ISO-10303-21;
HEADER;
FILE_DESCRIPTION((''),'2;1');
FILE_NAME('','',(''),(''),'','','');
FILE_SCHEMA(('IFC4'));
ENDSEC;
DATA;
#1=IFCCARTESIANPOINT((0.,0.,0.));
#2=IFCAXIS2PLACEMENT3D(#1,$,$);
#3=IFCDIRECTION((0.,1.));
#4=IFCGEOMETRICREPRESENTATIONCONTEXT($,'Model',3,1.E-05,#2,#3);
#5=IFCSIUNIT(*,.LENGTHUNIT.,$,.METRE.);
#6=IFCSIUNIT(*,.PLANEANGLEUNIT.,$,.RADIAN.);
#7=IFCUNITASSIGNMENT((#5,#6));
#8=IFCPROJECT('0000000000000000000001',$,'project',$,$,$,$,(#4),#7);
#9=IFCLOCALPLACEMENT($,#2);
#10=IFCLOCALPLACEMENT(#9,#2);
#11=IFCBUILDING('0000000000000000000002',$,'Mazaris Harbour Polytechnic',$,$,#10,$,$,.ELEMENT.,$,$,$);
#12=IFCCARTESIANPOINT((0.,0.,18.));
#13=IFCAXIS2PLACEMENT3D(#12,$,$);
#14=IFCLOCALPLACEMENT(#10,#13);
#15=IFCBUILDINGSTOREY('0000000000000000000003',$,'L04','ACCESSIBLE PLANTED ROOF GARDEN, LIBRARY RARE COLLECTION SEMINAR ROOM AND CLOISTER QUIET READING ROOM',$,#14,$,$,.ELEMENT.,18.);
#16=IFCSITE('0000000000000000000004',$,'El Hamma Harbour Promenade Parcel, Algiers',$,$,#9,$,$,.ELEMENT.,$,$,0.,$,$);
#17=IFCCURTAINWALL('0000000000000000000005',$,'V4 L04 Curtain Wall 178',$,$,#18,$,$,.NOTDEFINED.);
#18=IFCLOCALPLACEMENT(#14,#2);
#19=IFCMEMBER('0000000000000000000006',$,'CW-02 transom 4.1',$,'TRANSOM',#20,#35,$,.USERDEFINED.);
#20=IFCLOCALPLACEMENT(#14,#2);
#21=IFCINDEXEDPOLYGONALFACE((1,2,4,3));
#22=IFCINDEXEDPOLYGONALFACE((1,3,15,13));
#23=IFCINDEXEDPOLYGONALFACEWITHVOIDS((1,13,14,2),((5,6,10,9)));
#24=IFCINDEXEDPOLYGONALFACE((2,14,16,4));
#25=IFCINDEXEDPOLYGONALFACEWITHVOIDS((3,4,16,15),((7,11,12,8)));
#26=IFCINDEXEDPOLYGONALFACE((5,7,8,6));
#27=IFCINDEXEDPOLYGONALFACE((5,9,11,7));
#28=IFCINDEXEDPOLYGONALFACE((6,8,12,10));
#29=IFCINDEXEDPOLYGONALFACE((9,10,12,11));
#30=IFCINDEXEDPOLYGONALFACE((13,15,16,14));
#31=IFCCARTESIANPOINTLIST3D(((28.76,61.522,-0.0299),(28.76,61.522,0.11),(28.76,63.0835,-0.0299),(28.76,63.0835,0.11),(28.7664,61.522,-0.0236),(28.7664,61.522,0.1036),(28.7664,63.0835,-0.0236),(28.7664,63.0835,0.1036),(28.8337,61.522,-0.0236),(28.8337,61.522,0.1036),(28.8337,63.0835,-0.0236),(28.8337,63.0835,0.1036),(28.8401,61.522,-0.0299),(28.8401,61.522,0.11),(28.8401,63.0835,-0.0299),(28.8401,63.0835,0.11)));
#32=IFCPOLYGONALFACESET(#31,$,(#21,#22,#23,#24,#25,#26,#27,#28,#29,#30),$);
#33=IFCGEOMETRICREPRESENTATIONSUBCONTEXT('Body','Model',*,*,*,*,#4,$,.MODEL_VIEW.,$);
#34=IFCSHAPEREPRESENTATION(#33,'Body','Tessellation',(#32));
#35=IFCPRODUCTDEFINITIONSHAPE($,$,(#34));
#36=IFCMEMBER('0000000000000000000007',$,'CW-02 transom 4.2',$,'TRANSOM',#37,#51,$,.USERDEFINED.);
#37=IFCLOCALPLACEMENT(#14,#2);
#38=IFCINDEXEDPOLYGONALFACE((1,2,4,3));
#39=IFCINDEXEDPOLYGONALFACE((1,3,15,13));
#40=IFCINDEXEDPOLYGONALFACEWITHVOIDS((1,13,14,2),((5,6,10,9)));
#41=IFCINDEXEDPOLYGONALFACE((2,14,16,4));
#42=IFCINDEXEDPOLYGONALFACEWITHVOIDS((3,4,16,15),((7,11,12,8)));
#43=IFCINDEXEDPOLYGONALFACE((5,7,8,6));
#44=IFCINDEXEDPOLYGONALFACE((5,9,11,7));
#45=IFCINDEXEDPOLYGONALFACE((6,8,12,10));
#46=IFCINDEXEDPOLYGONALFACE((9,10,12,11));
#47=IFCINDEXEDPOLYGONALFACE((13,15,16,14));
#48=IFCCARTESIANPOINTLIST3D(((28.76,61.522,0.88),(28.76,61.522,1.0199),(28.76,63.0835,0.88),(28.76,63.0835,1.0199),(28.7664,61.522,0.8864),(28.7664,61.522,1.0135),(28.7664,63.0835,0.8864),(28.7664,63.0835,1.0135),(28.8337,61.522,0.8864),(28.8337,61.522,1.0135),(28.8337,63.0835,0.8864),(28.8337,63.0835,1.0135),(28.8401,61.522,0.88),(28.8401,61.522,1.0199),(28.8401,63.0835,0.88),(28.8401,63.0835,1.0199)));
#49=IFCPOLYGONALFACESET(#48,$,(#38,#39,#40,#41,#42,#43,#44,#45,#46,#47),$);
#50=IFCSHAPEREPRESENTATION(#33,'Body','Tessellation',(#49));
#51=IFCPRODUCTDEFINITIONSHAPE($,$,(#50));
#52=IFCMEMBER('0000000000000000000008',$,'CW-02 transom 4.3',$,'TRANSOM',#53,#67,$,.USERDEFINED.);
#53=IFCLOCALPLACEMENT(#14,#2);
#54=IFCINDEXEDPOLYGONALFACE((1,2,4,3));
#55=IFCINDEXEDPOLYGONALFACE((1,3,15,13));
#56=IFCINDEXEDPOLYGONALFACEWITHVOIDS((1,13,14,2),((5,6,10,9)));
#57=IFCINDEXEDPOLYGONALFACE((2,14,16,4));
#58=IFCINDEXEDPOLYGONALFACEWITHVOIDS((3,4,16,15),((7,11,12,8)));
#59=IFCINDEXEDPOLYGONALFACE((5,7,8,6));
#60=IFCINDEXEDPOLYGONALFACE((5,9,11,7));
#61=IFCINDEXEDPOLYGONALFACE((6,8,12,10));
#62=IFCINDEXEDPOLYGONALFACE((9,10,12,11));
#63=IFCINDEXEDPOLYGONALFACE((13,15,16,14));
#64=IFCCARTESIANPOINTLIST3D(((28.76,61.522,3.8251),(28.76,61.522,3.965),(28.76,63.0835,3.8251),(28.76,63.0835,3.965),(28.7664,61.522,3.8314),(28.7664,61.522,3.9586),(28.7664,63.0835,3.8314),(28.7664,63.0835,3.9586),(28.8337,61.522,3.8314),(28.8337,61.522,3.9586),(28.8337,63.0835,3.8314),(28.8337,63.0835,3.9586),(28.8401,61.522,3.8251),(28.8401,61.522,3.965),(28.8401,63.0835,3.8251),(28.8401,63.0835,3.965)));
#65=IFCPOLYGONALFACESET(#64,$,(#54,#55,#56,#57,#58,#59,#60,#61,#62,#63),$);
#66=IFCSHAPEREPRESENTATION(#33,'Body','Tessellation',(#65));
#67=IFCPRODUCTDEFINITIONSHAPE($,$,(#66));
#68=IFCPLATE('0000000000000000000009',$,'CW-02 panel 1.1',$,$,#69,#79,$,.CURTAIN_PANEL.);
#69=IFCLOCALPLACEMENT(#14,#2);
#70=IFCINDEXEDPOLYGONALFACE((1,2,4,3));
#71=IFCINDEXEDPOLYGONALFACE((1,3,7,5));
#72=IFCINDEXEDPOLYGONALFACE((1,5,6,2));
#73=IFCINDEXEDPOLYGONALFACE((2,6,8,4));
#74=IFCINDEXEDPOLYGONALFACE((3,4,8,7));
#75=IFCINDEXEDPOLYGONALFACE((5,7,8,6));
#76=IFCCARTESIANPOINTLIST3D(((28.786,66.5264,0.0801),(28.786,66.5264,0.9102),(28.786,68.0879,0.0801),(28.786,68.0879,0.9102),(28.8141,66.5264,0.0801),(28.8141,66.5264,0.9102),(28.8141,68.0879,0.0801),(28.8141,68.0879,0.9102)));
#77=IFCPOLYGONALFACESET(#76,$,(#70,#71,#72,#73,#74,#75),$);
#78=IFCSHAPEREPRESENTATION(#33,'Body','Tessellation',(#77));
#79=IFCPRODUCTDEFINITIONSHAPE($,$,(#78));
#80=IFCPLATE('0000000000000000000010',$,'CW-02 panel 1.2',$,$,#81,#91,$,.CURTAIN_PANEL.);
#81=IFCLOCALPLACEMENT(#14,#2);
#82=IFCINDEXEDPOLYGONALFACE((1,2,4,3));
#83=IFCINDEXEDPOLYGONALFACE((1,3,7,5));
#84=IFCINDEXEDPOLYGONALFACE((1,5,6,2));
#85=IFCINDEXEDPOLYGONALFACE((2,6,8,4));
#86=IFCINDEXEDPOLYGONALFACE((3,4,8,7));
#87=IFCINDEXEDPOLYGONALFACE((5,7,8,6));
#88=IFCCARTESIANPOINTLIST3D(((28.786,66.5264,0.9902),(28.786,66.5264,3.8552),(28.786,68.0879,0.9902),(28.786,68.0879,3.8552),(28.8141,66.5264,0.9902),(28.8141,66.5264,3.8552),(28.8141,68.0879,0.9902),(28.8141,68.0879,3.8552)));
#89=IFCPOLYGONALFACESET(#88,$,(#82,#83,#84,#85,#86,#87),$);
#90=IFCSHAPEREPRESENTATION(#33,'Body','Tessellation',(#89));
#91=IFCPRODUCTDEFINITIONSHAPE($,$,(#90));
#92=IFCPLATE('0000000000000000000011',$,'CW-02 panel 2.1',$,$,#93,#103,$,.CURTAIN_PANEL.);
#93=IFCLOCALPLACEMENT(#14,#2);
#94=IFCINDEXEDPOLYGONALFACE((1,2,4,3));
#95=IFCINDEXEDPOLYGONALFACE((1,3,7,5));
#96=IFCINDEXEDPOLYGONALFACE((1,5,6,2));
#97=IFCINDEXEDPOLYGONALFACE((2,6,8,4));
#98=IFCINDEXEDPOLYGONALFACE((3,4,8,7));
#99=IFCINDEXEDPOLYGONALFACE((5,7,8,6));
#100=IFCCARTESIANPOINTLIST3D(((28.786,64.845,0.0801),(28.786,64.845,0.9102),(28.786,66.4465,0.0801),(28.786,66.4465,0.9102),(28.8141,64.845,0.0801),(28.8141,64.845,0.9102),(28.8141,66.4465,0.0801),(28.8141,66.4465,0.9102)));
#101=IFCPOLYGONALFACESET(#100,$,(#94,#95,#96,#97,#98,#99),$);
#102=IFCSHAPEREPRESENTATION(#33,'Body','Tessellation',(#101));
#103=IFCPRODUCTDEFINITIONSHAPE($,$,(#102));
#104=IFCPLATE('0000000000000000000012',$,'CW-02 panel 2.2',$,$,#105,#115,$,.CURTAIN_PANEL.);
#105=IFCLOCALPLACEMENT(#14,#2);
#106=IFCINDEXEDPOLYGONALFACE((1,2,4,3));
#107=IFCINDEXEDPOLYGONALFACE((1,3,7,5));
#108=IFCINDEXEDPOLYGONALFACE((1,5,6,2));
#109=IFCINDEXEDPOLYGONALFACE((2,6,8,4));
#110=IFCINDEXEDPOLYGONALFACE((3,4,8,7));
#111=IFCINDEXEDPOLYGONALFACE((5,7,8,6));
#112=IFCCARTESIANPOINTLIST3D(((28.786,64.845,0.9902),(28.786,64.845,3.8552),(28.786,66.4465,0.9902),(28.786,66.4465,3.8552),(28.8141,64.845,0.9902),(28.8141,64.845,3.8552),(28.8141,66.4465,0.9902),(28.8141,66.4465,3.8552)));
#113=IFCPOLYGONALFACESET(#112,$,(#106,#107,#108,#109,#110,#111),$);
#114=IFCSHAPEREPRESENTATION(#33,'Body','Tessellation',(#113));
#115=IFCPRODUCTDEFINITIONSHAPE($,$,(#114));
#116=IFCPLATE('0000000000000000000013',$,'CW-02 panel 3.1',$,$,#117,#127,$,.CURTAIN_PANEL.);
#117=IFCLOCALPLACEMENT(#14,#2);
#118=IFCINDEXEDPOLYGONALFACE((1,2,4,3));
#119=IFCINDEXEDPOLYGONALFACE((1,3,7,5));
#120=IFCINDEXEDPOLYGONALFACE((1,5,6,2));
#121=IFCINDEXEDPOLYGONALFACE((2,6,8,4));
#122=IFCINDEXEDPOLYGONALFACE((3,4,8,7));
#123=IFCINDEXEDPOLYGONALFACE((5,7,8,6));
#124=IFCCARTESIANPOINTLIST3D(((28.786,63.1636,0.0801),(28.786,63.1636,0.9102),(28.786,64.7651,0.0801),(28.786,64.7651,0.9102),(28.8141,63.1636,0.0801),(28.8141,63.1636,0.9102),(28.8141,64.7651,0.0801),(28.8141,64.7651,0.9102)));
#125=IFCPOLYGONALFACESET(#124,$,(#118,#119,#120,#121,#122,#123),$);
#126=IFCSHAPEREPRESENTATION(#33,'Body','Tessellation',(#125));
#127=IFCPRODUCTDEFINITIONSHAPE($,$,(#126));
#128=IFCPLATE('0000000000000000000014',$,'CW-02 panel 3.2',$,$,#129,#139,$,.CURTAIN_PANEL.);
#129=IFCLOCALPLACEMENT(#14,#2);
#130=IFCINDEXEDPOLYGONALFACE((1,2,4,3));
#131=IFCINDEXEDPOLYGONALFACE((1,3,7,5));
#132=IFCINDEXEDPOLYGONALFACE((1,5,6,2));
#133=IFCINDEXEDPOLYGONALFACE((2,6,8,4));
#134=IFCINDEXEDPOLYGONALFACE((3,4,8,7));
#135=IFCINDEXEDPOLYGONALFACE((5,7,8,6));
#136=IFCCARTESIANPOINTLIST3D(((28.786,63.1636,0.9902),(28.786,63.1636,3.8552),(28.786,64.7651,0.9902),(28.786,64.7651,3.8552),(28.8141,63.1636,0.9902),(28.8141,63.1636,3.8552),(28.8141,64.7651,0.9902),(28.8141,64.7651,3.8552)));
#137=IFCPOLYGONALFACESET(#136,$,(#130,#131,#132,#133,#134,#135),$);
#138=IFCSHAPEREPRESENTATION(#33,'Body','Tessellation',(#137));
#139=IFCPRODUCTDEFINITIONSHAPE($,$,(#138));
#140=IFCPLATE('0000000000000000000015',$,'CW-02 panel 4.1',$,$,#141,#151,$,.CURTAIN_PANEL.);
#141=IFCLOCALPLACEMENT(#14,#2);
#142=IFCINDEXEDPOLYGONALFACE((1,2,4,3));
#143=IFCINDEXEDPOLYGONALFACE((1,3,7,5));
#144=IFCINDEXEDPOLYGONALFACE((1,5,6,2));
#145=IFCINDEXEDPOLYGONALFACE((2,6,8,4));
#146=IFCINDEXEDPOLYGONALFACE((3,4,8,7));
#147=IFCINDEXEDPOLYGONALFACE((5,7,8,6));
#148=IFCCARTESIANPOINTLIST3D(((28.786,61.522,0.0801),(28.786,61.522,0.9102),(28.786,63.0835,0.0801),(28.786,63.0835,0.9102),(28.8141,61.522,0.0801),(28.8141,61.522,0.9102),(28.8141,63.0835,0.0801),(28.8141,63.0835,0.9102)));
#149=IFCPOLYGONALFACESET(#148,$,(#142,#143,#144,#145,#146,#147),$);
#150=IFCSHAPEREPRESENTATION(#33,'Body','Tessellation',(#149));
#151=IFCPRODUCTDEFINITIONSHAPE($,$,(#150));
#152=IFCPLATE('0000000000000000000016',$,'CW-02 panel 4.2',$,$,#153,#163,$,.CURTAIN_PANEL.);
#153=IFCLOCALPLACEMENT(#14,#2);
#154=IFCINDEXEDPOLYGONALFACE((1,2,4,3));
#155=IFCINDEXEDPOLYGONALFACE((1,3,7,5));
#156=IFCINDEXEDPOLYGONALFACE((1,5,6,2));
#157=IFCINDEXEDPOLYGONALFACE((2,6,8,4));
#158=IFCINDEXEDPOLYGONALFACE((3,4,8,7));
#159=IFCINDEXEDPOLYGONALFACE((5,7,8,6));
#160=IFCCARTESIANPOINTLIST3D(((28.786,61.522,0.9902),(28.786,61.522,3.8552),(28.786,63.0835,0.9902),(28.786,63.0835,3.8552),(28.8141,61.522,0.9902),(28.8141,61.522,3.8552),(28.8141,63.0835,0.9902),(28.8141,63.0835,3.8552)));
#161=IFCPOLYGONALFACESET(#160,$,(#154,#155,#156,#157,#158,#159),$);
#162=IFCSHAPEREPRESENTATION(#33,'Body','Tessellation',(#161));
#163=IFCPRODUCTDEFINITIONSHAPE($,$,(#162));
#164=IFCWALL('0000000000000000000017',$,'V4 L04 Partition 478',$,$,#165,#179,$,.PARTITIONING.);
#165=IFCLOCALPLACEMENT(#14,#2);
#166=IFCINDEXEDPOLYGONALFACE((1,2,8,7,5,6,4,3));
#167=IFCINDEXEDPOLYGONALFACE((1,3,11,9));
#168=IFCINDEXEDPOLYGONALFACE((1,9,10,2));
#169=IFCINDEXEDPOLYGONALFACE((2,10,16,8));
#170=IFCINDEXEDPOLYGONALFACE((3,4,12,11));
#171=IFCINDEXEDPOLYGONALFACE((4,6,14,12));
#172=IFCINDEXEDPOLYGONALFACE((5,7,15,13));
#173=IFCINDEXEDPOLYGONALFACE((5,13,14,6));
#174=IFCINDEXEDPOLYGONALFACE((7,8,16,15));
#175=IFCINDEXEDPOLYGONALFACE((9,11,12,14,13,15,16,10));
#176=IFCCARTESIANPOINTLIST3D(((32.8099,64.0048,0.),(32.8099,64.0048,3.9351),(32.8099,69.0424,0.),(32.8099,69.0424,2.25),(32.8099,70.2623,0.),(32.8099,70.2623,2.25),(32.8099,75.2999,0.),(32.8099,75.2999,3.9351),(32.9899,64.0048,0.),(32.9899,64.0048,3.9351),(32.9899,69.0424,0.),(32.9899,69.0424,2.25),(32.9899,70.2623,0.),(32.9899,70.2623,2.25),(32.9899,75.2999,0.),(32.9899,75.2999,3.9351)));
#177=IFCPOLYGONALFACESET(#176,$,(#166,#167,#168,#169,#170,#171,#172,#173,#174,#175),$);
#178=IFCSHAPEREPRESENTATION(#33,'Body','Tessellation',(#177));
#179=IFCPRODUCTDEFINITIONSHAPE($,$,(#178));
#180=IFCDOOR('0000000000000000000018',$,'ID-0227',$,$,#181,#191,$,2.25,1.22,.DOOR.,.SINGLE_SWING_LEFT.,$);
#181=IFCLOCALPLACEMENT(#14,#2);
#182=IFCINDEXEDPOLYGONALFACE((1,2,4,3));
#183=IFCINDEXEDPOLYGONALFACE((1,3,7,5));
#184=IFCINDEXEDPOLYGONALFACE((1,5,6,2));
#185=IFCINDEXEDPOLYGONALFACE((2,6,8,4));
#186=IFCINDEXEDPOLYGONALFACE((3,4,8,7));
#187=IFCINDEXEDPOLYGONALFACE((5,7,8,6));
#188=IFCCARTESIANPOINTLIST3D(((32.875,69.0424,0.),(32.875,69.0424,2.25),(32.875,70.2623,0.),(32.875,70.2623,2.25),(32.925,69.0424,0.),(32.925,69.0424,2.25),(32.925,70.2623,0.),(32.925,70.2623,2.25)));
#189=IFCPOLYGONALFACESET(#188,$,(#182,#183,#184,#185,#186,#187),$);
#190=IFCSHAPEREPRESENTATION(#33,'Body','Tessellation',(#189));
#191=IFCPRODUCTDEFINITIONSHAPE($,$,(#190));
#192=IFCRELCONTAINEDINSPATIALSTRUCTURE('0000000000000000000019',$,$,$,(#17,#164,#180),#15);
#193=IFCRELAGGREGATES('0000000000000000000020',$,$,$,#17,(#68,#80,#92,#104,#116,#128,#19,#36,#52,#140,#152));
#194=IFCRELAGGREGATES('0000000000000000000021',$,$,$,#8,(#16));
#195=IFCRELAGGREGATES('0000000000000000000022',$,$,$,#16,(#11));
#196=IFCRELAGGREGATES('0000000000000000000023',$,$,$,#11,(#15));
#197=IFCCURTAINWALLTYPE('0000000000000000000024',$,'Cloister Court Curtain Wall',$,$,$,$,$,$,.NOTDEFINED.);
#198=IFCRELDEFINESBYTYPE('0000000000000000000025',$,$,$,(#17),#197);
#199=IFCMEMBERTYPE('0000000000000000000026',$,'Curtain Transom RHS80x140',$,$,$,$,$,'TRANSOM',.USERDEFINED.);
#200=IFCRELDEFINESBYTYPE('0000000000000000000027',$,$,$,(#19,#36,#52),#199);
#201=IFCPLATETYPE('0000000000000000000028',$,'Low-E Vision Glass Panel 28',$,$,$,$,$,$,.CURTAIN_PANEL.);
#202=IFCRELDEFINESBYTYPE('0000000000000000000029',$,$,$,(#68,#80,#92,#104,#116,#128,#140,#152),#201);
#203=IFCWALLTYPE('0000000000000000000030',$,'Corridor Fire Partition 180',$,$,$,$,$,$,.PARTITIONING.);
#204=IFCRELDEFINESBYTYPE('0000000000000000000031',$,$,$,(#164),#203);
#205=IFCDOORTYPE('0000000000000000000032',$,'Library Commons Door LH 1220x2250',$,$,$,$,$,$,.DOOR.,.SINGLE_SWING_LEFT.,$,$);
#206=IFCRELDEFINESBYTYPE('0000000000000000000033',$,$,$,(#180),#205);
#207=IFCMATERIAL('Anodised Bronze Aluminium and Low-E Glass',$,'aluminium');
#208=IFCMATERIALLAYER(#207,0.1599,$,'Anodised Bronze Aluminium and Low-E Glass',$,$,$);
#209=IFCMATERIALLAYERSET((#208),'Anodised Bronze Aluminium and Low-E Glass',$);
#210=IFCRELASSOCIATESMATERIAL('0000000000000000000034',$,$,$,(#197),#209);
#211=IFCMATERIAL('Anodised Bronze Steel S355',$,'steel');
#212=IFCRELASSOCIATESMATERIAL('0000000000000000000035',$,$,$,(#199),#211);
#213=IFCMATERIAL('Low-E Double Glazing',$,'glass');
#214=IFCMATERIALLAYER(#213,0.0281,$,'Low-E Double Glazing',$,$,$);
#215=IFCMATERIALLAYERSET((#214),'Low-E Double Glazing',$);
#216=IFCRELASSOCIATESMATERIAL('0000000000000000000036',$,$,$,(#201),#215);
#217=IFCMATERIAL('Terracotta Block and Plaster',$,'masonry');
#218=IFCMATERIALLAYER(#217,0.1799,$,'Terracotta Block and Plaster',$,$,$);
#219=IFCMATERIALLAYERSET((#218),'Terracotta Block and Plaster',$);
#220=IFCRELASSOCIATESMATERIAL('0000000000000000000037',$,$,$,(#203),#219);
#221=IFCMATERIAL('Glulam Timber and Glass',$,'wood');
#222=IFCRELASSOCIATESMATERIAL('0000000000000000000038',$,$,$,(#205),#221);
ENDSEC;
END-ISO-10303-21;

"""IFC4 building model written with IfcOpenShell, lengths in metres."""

from ifc_helpers import new_model, si_unit, direction, frame, frame_2d, origin, origin_2d, place, context, subcontext, project, spatial, rectangle, hollow_rectangle, extrude, material, layer, layer_set, material_profile, profile_set, type_object, element, fill, aggregate, save


model = new_model("IFC4")

# Units and contexts
model_context = context("Model", 3, precision=1e-05, world=origin(), true_north=direction((0.0, 1.0)))
body_context = subcontext(model_context, "Body", "Model", "MODEL_VIEW")
ifc_project = project(units=[si_unit("LENGTHUNIT", "METRE"), si_unit("PLANEANGLEUNIT", "RADIAN")], contexts=[model_context])

# Site, building, storey
site_placement = place(None, origin())
site = spatial("IfcSite", under=ifc_project, at=site_placement, Name="El Hamma Harbour Promenade Parcel, Algiers", CompositionType="ELEMENT", RefElevation=0.0)
building_placement = place(site_placement, origin())
building = spatial("IfcBuilding", under=site, at=building_placement, Name="Mazaris Harbour Polytechnic", CompositionType="ELEMENT")
storey_placement = place(building_placement, frame((0.0, 0.0, 18.0)))
storey = spatial("IfcBuildingStorey", under=building, at=storey_placement, Name="L04", Description="ACCESSIBLE PLANTED ROOF GARDEN, LIBRARY RARE COLLECTION SEMINAR ROOM AND CLOISTER QUIET READING ROOM", CompositionType="ELEMENT", Elevation=18.0)

# Curtain wall, members, plates
ifc_material_1 = material(Name="Anodised Bronze Aluminium and Low-E Glass", Category="aluminium")
ifc_layer_1 = layer(ifc_material_1, 0.1599, Name="Anodised Bronze Aluminium and Low-E Glass")
ifc_layer_set_1 = layer_set([ifc_layer_1], Name="Anodised Bronze Aluminium and Low-E Glass")
curtain_wall_type = type_object("IfcCurtainWallType", Name="Cloister Court Curtain Wall", PredefinedType="NOTDEFINED", material=ifc_layer_set_1)
curtain_wall_placement = place(storey_placement, origin())
curtain_wall = element("IfcCurtainWall", 1, at=curtain_wall_placement, inside=storey, type_object=curtain_wall_type, Name="V4 L04 Curtain Wall 178", PredefinedType="NOTDEFINED")
ifc_material_2 = material(Name="Anodised Bronze Steel S355", Category="steel")
ifc_material_profile_1 = material_profile(ifc_material_2, hollow_rectangle(XDim=0.0801, YDim=0.1399, WallThickness=0.0063, at=origin_2d()), Name="RHS 80x140x6.3")
ifc_profile_set_1 = profile_set([ifc_material_profile_1], Name="Anodised Bronze Steel S355")
member_type_1 = type_object("IfcMemberType", Name="Curtain Transom RHS80x140", ElementType="TRANSOM", PredefinedType="USERDEFINED", material=ifc_profile_set_1)
member_1_placement = place(storey_placement, frame((28.8, 63.0835, 0.04), z_axis=(0.0, -1.0, 0.0), x_axis=(1.0, 0.0, 0.0)))
member_1 = element("IfcMember", 2, at=member_1_placement, type_object=member_type_1, Name="CW-02 transom 4.1", ObjectType="TRANSOM", PredefinedType="USERDEFINED", context=body_context, shape_type="SweptSolid", body=[
    extrude(hollow_rectangle(XDim=0.0801, YDim=0.1399, WallThickness=0.0063, at=origin_2d()), origin(), (0.0, 0.0, 1.0), 1.5615),
])
member_2_placement = place(storey_placement, frame((28.8, 63.0835, 0.95), z_axis=(0.0, -1.0, 0.0), x_axis=(1.0, 0.0, 0.0)))
member_2 = element("IfcMember", 3, at=member_2_placement, type_object=member_type_1, Name="CW-02 transom 4.2", ObjectType="TRANSOM", PredefinedType="USERDEFINED", context=body_context, shape_type="SweptSolid", body=[
    extrude(hollow_rectangle(XDim=0.0801, YDim=0.1399, WallThickness=0.0063, at=origin_2d()), origin(), (0.0, 0.0, 1.0), 1.5615),
])
member_3_placement = place(storey_placement, frame((28.8, 63.0835, 3.895), z_axis=(0.0, -1.0, 0.0), x_axis=(1.0, 0.0, 0.0)))
member_3 = element("IfcMember", 4, at=member_3_placement, type_object=member_type_1, Name="CW-02 transom 4.3", ObjectType="TRANSOM", PredefinedType="USERDEFINED", context=body_context, shape_type="SweptSolid", body=[
    extrude(hollow_rectangle(XDim=0.0801, YDim=0.1399, WallThickness=0.0063, at=origin_2d()), origin(), (0.0, 0.0, 1.0), 1.5615),
])
ifc_material_3 = material(Name="Low-E Double Glazing", Category="glass")
ifc_layer_2 = layer(ifc_material_3, 0.0281, Name="Low-E Double Glazing")
ifc_layer_set_2 = layer_set([ifc_layer_2], Name="Low-E Double Glazing")
plate_type = type_object("IfcPlateType", Name="Low-E Vision Glass Panel 28", PredefinedType="CURTAIN_PANEL", material=ifc_layer_set_2)
plate_1_placement = place(storey_placement, frame((28.8, 67.3071, 0.0801), z_axis=(0.0, 0.0, 1.0), x_axis=(0.0, -1.0, 0.0)))
plate_1 = element("IfcPlate", 5, at=plate_1_placement, type_object=plate_type, Name="CW-02 panel 1.1", PredefinedType="CURTAIN_PANEL", context=body_context, shape_type="SweptSolid", body=[
    extrude(rectangle(XDim=1.5615, YDim=0.0281, at=origin_2d()), origin(), (0.0, 0.0, 1.0), 0.8301),
])
plate_2_placement = place(storey_placement, frame((28.8, 67.3071, 0.9902), z_axis=(0.0, 0.0, 1.0), x_axis=(0.0, -1.0, 0.0)))
plate_2 = element("IfcPlate", 6, at=plate_2_placement, type_object=plate_type, Name="CW-02 panel 1.2", PredefinedType="CURTAIN_PANEL", context=body_context, shape_type="SweptSolid", body=[
    extrude(rectangle(XDim=1.5615, YDim=0.0281, at=origin_2d()), origin(), (0.0, 0.0, 1.0), 2.865),
])
plate_3_placement = place(storey_placement, frame((28.8, 65.6458, 0.0801), z_axis=(0.0, 0.0, 1.0), x_axis=(0.0, -1.0, 0.0)))
plate_3 = element("IfcPlate", 7, at=plate_3_placement, type_object=plate_type, Name="CW-02 panel 2.1", PredefinedType="CURTAIN_PANEL", context=body_context, shape_type="SweptSolid", body=[
    extrude(rectangle(XDim=1.6016, YDim=0.0281, at=origin_2d()), origin(), (0.0, 0.0, 1.0), 0.8301),
])
plate_4_placement = place(storey_placement, frame((28.8, 65.6458, 0.9902), z_axis=(0.0, 0.0, 1.0), x_axis=(0.0, -1.0, 0.0)))
plate_4 = element("IfcPlate", 8, at=plate_4_placement, type_object=plate_type, Name="CW-02 panel 2.2", PredefinedType="CURTAIN_PANEL", context=body_context, shape_type="SweptSolid", body=[
    extrude(rectangle(XDim=1.6016, YDim=0.0281, at=origin_2d()), origin(), (0.0, 0.0, 1.0), 2.865),
])
plate_5_placement = place(storey_placement, frame((28.8, 63.9644, 0.0801), z_axis=(0.0, 0.0, 1.0), x_axis=(0.0, -1.0, 0.0)))
plate_5 = element("IfcPlate", 9, at=plate_5_placement, type_object=plate_type, Name="CW-02 panel 3.1", PredefinedType="CURTAIN_PANEL", context=body_context, shape_type="SweptSolid", body=[
    extrude(rectangle(XDim=1.6016, YDim=0.0281, at=origin_2d()), origin(), (0.0, 0.0, 1.0), 0.8301),
])
plate_6_placement = place(storey_placement, frame((28.8, 63.9644, 0.9902), z_axis=(0.0, 0.0, 1.0), x_axis=(0.0, -1.0, 0.0)))
plate_6 = element("IfcPlate", 10, at=plate_6_placement, type_object=plate_type, Name="CW-02 panel 3.2", PredefinedType="CURTAIN_PANEL", context=body_context, shape_type="SweptSolid", body=[
    extrude(rectangle(XDim=1.6016, YDim=0.0281, at=origin_2d()), origin(), (0.0, 0.0, 1.0), 2.865),
])
plate_7_placement = place(storey_placement, frame((28.8, 62.3027, 0.0801), z_axis=(0.0, 0.0, 1.0), x_axis=(0.0, -1.0, 0.0)))
plate_7 = element("IfcPlate", 11, at=plate_7_placement, type_object=plate_type, Name="CW-02 panel 4.1", PredefinedType="CURTAIN_PANEL", context=body_context, shape_type="SweptSolid", body=[
    extrude(rectangle(XDim=1.5615, YDim=0.0281, at=origin_2d()), origin(), (0.0, 0.0, 1.0), 0.8301),
])
plate_8_placement = place(storey_placement, frame((28.8, 62.3027, 0.9902), z_axis=(0.0, 0.0, 1.0), x_axis=(0.0, -1.0, 0.0)))
plate_8 = element("IfcPlate", 12, at=plate_8_placement, type_object=plate_type, Name="CW-02 panel 4.2", PredefinedType="CURTAIN_PANEL", context=body_context, shape_type="SweptSolid", body=[
    extrude(rectangle(XDim=1.5615, YDim=0.0281, at=origin_2d()), origin(), (0.0, 0.0, 1.0), 2.865),
])
aggregate(curtain_wall, [plate_1, plate_2, plate_3, plate_4, plate_5, plate_6, member_1, member_2, member_3, plate_7, plate_8])

# Wall, opening, door
ifc_material_4 = material(Name="Terracotta Block and Plaster", Category="masonry")
ifc_layer_3 = layer(ifc_material_4, 0.1799, Name="Terracotta Block and Plaster")
ifc_layer_set_3 = layer_set([ifc_layer_3], Name="Terracotta Block and Plaster")
wall_type_1 = type_object("IfcWallType", Name="Corridor Fire Partition 180", PredefinedType="PARTITIONING", material=ifc_layer_set_3)
wall_1_placement = place(storey_placement, frame((32.8999, 64.0049, 0.0), z_axis=(0.0, 0.0, 1.0), x_axis=(0.0, 1.0, 0.0)))
wall_1 = element("IfcWall", 13, at=wall_1_placement, inside=storey, type_object=wall_type_1, Name="V4 L04 Partition 478", PredefinedType="PARTITIONING", context=body_context, shape_type="SweptSolid", body=[
    extrude(rectangle(XDim=11.2952, YDim=0.1799, at=frame_2d((5.6475, 0.0))), origin(), (0.0, 0.0, 1.0), 3.9351),
])
opening_placement = place(wall_1_placement, frame((5.0376, 0.0, 0.0)))
opening = element("IfcOpeningElement", 14, at=opening_placement, cuts=wall_1, PredefinedType="OPENING", context=body_context, shape_type="SweptSolid", body=[
    extrude(rectangle(XDim=1.22, YDim=2.25, at=frame_2d((0.6099, 1.125))), frame((0.0, 0.0999, 0.0), z_axis=(0.0, -1.0, 0.0), x_axis=(1.0, 0.0, 0.0)), (0.0, 0.0, 1.0), 0.2),
])
ifc_material_5 = material(Name="Glulam Timber and Glass", Category="wood")
door_type = type_object("IfcDoorType", Name="Library Commons Door LH 1220x2250", OperationType="SINGLE_SWING_LEFT", PredefinedType="DOOR", material=ifc_material_5)
door_placement = place(opening_placement, origin())
door = element("IfcDoor", 15, at=door_placement, inside=storey, type_object=door_type, Name="ID-0227", OperationType="SINGLE_SWING_LEFT", OverallHeight=2.25, OverallWidth=1.22, PredefinedType="DOOR", context=body_context, shape_type="SweptSolid", body=[
    extrude(rectangle(XDim=1.22, YDim=2.25, at=frame_2d((0.6099, 1.125))), frame((0.0, 0.0249, 0.0), z_axis=(0.0, -1.0, 0.0), x_axis=(1.0, 0.0, 0.0)), (0.0, 0.0, 1.0), 0.05),
])
fill(opening, door)

save(model, "model.ifc")
